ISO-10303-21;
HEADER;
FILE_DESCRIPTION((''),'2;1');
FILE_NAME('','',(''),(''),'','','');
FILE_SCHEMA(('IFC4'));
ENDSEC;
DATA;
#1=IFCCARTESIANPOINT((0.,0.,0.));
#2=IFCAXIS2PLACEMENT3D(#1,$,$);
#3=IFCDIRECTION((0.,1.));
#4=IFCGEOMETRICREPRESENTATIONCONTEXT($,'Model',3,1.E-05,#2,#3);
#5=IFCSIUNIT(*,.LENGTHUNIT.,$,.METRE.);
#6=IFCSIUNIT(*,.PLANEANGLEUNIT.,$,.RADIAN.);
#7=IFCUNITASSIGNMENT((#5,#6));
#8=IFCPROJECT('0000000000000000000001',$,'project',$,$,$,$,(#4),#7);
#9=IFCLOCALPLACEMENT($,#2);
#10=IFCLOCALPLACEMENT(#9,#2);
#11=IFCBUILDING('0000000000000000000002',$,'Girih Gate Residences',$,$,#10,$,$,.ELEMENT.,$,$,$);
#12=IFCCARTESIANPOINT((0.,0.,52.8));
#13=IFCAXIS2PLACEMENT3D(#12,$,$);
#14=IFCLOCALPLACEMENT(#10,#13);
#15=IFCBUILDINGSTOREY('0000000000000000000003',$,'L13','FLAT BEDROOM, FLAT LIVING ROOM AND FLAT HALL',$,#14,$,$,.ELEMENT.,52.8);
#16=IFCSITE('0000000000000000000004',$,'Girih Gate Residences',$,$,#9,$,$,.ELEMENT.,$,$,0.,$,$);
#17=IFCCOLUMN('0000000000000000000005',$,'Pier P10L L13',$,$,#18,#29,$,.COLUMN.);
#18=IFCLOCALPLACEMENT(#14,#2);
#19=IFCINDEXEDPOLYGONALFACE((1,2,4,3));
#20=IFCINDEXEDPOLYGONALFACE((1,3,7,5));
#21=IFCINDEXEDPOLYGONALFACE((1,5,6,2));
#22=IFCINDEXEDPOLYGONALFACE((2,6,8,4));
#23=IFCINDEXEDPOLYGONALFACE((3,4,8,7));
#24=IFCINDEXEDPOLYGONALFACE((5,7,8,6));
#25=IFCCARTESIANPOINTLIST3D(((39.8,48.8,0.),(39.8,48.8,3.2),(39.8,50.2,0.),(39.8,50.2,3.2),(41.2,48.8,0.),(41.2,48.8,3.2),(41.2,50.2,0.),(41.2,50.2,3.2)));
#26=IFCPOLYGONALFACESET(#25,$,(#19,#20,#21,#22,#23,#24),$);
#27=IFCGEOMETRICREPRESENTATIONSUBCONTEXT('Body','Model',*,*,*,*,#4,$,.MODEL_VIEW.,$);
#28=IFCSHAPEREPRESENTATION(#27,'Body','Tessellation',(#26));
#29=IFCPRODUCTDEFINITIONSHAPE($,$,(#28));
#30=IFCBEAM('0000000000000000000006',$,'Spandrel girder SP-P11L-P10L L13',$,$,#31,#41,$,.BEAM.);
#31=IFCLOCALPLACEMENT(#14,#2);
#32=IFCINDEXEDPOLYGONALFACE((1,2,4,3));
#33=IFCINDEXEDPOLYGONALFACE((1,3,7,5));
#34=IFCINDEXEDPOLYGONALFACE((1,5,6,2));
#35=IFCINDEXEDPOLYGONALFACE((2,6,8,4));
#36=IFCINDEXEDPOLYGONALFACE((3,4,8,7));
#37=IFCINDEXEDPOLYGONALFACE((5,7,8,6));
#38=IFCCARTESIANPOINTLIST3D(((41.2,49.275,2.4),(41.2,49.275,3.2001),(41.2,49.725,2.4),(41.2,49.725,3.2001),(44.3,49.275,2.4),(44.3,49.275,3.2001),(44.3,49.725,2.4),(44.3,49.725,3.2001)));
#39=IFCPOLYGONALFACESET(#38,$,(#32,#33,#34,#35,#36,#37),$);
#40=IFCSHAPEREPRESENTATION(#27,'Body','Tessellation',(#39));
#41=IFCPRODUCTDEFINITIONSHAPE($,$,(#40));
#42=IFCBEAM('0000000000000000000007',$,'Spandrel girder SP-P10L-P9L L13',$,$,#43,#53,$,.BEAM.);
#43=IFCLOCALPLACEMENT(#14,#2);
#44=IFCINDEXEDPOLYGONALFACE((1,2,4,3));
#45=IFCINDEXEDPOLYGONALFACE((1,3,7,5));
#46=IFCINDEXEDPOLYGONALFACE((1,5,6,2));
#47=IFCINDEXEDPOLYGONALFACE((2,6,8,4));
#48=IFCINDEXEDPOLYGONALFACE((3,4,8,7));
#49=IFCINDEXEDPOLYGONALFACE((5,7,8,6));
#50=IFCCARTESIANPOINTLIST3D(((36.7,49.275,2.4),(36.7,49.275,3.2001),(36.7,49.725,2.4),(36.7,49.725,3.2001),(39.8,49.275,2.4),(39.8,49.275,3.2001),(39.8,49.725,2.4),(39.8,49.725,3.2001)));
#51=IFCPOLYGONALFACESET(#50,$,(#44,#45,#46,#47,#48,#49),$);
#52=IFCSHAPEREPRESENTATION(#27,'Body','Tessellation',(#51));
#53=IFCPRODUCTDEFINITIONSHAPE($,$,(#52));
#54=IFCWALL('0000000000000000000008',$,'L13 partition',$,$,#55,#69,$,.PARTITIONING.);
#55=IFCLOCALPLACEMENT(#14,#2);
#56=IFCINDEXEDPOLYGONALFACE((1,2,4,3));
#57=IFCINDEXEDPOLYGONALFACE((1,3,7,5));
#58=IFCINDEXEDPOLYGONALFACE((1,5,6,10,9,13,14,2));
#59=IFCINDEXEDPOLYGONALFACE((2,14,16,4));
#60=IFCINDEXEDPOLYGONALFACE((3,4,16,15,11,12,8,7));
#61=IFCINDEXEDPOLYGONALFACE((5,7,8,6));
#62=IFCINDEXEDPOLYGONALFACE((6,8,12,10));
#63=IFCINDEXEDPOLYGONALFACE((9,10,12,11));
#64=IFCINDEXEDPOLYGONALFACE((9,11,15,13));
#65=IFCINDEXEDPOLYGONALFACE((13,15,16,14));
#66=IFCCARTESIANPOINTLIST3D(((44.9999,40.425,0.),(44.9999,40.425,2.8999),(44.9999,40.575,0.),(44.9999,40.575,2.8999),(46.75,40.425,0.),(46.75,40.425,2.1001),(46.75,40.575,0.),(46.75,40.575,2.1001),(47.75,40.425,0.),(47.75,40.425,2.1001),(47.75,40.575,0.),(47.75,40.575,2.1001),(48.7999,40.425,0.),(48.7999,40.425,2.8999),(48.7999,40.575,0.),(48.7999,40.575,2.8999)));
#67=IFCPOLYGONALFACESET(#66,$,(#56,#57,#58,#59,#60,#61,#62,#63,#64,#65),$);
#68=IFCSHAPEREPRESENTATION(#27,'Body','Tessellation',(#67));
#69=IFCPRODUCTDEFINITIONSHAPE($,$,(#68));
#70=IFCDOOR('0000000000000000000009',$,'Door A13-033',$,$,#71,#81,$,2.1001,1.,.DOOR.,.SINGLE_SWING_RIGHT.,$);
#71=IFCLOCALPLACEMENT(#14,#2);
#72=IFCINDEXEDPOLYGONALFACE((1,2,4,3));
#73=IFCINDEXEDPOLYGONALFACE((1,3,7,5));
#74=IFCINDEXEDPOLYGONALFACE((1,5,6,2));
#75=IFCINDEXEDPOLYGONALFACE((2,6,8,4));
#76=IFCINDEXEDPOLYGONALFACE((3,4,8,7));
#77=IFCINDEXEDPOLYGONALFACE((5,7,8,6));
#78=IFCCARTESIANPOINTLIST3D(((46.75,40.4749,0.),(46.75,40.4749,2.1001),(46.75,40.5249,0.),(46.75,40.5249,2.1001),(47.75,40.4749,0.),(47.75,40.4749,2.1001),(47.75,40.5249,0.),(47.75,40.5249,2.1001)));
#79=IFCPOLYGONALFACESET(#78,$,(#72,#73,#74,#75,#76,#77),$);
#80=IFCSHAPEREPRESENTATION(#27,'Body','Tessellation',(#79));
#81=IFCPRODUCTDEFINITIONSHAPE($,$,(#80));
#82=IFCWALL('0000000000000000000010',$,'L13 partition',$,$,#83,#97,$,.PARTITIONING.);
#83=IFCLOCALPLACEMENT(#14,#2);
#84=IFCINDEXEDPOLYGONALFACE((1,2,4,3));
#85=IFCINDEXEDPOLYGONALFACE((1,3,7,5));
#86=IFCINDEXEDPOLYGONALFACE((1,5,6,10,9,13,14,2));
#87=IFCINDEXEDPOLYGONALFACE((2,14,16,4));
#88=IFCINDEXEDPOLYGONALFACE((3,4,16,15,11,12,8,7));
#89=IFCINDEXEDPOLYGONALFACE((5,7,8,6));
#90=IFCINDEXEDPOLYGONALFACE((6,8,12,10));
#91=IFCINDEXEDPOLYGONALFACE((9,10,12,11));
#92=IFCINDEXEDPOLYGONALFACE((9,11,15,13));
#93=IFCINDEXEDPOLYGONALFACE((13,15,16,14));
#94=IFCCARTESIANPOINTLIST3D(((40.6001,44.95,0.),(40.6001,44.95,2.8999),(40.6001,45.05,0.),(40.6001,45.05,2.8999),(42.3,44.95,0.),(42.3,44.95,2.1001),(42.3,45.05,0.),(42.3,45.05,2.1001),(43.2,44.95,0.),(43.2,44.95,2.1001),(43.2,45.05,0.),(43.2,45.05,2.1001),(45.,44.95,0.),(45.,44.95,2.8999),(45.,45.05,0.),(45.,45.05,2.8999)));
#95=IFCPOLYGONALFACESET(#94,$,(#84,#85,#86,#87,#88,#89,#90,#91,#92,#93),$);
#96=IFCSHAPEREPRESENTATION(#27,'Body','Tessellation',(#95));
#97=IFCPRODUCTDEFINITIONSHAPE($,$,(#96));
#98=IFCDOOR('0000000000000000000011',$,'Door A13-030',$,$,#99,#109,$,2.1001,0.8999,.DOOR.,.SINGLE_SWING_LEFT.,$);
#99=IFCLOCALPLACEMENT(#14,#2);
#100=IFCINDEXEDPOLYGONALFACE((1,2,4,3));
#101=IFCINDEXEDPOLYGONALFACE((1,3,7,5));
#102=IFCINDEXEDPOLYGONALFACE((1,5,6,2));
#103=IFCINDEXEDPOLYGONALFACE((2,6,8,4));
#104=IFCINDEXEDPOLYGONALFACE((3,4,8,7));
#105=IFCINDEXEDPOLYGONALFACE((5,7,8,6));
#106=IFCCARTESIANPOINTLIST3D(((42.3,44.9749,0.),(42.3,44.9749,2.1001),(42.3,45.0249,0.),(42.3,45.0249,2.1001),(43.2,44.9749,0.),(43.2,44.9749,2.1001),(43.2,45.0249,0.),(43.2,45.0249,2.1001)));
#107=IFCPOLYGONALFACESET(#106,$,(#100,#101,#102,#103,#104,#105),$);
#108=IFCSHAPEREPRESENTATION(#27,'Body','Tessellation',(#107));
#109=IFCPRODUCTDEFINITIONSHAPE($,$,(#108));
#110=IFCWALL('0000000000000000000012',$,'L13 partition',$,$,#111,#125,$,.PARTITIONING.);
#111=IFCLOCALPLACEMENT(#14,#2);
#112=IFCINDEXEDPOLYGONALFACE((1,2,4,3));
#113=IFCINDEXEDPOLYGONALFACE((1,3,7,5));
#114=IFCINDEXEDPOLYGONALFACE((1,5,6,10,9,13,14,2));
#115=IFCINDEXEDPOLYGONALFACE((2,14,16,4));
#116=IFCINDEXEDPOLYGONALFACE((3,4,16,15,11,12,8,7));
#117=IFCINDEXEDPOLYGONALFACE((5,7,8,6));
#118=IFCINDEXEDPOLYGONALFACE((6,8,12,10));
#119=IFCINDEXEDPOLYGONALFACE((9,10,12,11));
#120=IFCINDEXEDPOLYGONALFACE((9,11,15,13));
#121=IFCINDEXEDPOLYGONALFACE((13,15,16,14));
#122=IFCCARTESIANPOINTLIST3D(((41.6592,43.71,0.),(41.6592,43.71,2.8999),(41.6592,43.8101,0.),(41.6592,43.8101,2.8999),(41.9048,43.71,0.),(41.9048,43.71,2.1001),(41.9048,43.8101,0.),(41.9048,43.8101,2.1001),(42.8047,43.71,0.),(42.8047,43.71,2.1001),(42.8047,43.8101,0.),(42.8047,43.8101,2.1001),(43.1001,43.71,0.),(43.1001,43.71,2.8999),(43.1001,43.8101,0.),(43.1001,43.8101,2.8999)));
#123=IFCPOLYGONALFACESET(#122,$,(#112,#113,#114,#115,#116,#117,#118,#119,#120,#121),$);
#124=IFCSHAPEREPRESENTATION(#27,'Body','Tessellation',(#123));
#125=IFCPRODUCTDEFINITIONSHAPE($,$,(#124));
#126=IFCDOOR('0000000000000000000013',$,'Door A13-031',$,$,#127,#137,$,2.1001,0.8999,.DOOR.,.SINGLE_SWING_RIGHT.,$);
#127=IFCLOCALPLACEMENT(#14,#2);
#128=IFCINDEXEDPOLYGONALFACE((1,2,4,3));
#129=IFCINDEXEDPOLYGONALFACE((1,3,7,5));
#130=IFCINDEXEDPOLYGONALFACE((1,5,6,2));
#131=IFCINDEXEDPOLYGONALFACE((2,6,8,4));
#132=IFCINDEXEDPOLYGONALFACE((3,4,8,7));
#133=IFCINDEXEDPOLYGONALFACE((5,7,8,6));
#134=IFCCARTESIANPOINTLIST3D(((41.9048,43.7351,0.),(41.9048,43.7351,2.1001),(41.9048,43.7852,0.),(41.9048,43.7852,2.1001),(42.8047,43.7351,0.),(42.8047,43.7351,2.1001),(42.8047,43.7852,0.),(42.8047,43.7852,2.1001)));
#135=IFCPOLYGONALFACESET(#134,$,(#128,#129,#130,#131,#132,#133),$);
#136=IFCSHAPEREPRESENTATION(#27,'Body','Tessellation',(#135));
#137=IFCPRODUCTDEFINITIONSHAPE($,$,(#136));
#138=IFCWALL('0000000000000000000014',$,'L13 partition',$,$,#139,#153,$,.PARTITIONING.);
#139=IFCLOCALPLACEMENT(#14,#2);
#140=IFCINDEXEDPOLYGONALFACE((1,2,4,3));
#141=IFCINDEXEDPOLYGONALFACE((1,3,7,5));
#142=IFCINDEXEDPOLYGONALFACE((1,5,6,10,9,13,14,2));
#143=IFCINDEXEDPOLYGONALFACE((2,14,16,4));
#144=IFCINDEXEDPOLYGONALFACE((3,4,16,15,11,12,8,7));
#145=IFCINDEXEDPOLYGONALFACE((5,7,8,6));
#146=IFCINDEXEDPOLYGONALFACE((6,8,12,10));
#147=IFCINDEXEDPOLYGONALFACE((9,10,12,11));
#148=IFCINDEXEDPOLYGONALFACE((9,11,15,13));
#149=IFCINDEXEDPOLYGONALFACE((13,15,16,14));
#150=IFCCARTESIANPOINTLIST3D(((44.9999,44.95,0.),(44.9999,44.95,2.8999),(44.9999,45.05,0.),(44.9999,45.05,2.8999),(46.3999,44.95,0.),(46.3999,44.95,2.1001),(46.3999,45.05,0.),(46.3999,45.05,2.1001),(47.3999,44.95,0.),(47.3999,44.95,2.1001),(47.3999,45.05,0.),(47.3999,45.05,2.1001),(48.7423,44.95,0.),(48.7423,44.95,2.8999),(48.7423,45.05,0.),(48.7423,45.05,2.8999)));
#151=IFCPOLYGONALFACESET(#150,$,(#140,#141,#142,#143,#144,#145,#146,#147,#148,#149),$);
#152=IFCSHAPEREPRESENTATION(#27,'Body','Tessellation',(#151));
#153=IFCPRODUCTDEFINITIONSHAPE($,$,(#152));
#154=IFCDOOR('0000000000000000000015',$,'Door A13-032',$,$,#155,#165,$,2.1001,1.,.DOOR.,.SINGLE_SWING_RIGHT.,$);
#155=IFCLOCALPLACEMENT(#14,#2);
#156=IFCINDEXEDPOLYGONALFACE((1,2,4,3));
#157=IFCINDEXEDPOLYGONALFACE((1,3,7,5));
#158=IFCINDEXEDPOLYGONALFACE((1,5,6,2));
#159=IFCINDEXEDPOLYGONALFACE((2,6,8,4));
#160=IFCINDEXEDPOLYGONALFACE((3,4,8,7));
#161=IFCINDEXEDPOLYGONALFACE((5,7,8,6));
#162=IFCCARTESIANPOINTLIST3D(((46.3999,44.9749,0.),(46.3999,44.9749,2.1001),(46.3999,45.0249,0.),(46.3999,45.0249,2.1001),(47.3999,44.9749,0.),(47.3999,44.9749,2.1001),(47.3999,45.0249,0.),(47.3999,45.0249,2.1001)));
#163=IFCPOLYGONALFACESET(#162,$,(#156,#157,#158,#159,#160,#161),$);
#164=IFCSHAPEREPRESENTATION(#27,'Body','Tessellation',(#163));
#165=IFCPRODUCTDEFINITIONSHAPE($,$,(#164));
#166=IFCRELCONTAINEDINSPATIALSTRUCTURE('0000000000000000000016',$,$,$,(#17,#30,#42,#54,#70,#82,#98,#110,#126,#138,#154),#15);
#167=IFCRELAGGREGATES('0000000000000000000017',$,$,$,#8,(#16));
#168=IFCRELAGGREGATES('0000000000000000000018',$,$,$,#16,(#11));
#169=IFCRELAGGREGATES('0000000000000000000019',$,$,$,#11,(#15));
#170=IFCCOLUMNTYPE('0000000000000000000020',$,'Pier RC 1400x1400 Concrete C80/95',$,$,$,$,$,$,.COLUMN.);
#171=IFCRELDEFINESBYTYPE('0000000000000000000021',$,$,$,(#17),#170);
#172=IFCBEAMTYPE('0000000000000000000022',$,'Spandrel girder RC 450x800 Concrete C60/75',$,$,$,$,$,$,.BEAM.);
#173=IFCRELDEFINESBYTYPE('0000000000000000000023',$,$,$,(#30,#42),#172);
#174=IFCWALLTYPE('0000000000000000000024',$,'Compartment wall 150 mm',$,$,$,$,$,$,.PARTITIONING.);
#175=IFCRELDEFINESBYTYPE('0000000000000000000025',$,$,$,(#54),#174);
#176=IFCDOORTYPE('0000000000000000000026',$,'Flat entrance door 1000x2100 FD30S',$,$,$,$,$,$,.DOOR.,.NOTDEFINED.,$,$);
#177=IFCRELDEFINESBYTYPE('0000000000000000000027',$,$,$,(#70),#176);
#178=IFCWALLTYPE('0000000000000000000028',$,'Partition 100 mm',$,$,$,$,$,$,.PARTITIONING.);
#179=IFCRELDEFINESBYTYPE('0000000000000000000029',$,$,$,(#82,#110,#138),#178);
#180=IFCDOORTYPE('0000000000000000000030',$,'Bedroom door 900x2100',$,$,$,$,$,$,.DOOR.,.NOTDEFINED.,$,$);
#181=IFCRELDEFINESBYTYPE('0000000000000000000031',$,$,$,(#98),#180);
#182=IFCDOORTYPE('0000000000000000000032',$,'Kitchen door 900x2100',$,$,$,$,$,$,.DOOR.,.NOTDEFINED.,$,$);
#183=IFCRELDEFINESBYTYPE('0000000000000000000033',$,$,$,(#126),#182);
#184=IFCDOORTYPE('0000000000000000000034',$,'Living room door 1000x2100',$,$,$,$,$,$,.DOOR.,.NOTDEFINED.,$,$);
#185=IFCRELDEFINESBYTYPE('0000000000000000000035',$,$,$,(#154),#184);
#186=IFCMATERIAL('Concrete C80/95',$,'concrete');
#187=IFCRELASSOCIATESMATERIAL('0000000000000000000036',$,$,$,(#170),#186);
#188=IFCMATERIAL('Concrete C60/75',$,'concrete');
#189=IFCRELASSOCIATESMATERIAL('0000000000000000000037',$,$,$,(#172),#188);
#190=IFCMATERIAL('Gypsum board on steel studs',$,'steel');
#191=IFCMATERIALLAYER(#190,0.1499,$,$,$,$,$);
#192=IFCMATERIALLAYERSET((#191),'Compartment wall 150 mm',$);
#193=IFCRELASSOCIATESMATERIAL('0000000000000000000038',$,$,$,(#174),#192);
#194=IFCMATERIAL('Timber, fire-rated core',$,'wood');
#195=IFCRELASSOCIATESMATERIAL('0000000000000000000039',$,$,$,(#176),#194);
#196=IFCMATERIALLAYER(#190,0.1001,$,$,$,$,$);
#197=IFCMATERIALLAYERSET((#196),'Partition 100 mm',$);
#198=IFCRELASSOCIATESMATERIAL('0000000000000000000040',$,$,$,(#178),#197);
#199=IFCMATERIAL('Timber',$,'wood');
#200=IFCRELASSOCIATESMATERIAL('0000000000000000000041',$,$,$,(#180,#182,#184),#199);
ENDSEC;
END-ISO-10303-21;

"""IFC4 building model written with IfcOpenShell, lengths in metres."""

from ifc_helpers import new_model, si_unit, direction, frame, frame_2d, origin, origin_2d, place, context, subcontext, project, spatial, rectangle, extrude, material, layer, layer_set, material_profile, profile_set, type_object, element, fill, save


model = new_model("IFC4")

# Units and contexts
model_context = context("Model", 3, precision=1e-05, world=origin(), true_north=direction((0.0, 1.0)))
body_context = subcontext(model_context, "Body", "Model", "MODEL_VIEW")
ifc_project = project(units=[si_unit("LENGTHUNIT", "METRE"), si_unit("PLANEANGLEUNIT", "RADIAN")], contexts=[model_context])

# Site, building, storey
site_placement = place(None, origin())
site = spatial("IfcSite", under=ifc_project, at=site_placement, Name="Girih Gate Residences", CompositionType="ELEMENT", RefElevation=0.0)
building_placement = place(site_placement, origin())
building = spatial("IfcBuilding", under=site, at=building_placement, Name="Girih Gate Residences", CompositionType="ELEMENT")
storey_placement = place(building_placement, frame((0.0, 0.0, 52.8)))
storey = spatial("IfcBuildingStorey", under=building, at=storey_placement, Name="L13", Description="FLAT BEDROOM, FLAT LIVING ROOM AND FLAT HALL", CompositionType="ELEMENT", Elevation=52.8)

# Column
ifc_material_1 = material(Name="Concrete C80/95", Category="concrete")
ifc_material_profile_1 = material_profile(ifc_material_1, rectangle(XDim=1.3999, YDim=1.3999, at=origin_2d()))
ifc_profile_set_1 = profile_set([ifc_material_profile_1], Name="Concrete C80/95")
column_type = type_object("IfcColumnType", Name="Pier RC 1400x1400 Concrete C80/95", PredefinedType="COLUMN", material=ifc_profile_set_1)
column_placement = place(storey_placement, frame((40.5, 49.5, 0.0), z_axis=(0.0, 0.0, 1.0), x_axis=(1.0, 0.0, 0.0)))
element("IfcColumn", 1, at=column_placement, inside=storey, type_object=column_type, Name="Pier P10L L13", PredefinedType="COLUMN", context=body_context, shape_type="SweptSolid", body=[
    extrude(rectangle(XDim=1.3999, YDim=1.3999, at=origin_2d()), origin(), (0.0, 0.0, 1.0), 3.2),
])

# Beams
ifc_material_2 = material(Name="Concrete C60/75", Category="concrete")
ifc_material_profile_2 = material_profile(ifc_material_2, rectangle(XDim=0.45, YDim=0.8, at=origin_2d()))
ifc_profile_set_2 = profile_set([ifc_material_profile_2], Name="Concrete C60/75")
beam_type = type_object("IfcBeamType", Name="Spandrel girder RC 450x800 Concrete C60/75", PredefinedType="BEAM", material=ifc_profile_set_2)
for number, where, z_axis, x_axis, name in (
    (2, (44.3, 49.5, 2.8), (-1.0, 0.0, 0.0), (0.0, -1.0, 0.0), "Spandrel girder SP-P11L-P10L L13"),
    (3, (39.8, 49.5, 2.8), (-1.0, 0.0, 0.0), (0.0, -1.0, 0.0), "Spandrel girder SP-P10L-P9L L13"),
):
    element("IfcBeam", number, at=place(storey_placement, frame(where, z_axis=z_axis, x_axis=x_axis)), inside=storey, type_object=beam_type, Name=name, PredefinedType="BEAM", context=body_context, shape_type="SweptSolid", body=[
        extrude(rectangle(XDim=0.45, YDim=0.8, at=origin_2d()), origin(), (0.0, 0.0, 1.0), 3.1001),
    ])

# Walls, openings, doors
ifc_material_3 = material(Name="Gypsum board on steel studs", Category="steel")
ifc_layer_1 = layer(ifc_material_3, 0.1499)
ifc_layer_set_1 = layer_set([ifc_layer_1], Name="Compartment wall 150 mm")
wall_type_1 = type_object("IfcWallType", Name="Compartment wall 150 mm", PredefinedType="PARTITIONING", material=ifc_layer_set_1)
wall_1_placement = place(storey_placement, frame((45.0, 40.5, 0.0), z_axis=(0.0, 0.0, 1.0), x_axis=(1.0, 0.0, 0.0)))
wall_1 = element("IfcWall", 4, at=wall_1_placement, inside=storey, type_object=wall_type_1, Name="L13 partition", PredefinedType="PARTITIONING", context=body_context, shape_type="SweptSolid", body=[
    extrude(rectangle(XDim=3.8, YDim=0.1499, at=frame_2d((1.8999, 0.0))), origin(), (0.0, 0.0, 1.0), 2.8999),
])
opening_1_placement = place(wall_1_placement, frame((1.75, 0.0, 0.0)))
opening_1 = element("IfcOpeningElement", 5, at=opening_1_placement, cuts=wall_1, PredefinedType="OPENING", context=body_context, shape_type="SweptSolid", body=[
    extrude(rectangle(XDim=1.0, YDim=2.1001, at=frame_2d((0.5, 1.05))), frame((0.0, 0.085, 0.0), z_axis=(0.0, -1.0, 0.0), x_axis=(1.0, 0.0, 0.0)), (0.0, 0.0, 1.0), 0.1699),
])
ifc_material_4 = material(Name="Timber, fire-rated core", Category="wood")
door_type_1 = type_object("IfcDoorType", Name="Flat entrance door 1000x2100 FD30S", OperationType="NOTDEFINED", PredefinedType="DOOR", material=ifc_material_4)
door_1_placement = place(opening_1_placement, origin())
door_1 = element("IfcDoor", 6, at=door_1_placement, inside=storey, type_object=door_type_1, Name="Door A13-033", OperationType="SINGLE_SWING_RIGHT", OverallHeight=2.1001, OverallWidth=1.0, PredefinedType="DOOR", context=body_context, shape_type="SweptSolid", body=[
    extrude(rectangle(XDim=1.0, YDim=2.1001, at=frame_2d((0.5, 1.05))), frame((0.0, 0.0249, 0.0), z_axis=(0.0, -1.0, 0.0), x_axis=(1.0, 0.0, 0.0)), (0.0, 0.0, 1.0), 0.05),
])
fill(opening_1, door_1)
ifc_layer_2 = layer(ifc_material_3, 0.1001)
ifc_layer_set_2 = layer_set([ifc_layer_2], Name="Partition 100 mm")
wall_type_2 = type_object("IfcWallType", Name="Partition 100 mm", PredefinedType="PARTITIONING", material=ifc_layer_set_2)
wall_2_placement = place(storey_placement, frame((40.6001, 45.0, 0.0), z_axis=(0.0, 0.0, 1.0), x_axis=(1.0, 0.0, 0.0)))
wall_2 = element("IfcWall", 7, at=wall_2_placement, inside=storey, type_object=wall_type_2, Name="L13 partition", PredefinedType="PARTITIONING", context=body_context, shape_type="SweptSolid", body=[
    extrude(rectangle(XDim=4.3999, YDim=0.1001, at=frame_2d((2.2, 0.0))), origin(), (0.0, 0.0, 1.0), 2.8999),
])
opening_2_placement = place(wall_2_placement, frame((1.7, 0.0, 0.0)))
opening_2 = element("IfcOpeningElement", 8, at=opening_2_placement, cuts=wall_2, PredefinedType="OPENING", context=body_context, shape_type="SweptSolid", body=[
    extrude(rectangle(XDim=0.8999, YDim=2.1001, at=frame_2d((0.45, 1.05))), frame((0.0, 0.0601, 0.0), z_axis=(0.0, -1.0, 0.0), x_axis=(1.0, 0.0, 0.0)), (0.0, 0.0, 1.0), 0.1201),
])
ifc_material_5 = material(Name="Timber", Category="wood")
door_type_2 = type_object("IfcDoorType", Name="Bedroom door 900x2100", OperationType="NOTDEFINED", PredefinedType="DOOR", material=ifc_material_5)
door_2_placement = place(opening_2_placement, origin())
door_2 = element("IfcDoor", 9, at=door_2_placement, inside=storey, type_object=door_type_2, Name="Door A13-030", OperationType="SINGLE_SWING_LEFT", OverallHeight=2.1001, OverallWidth=0.8999, PredefinedType="DOOR", context=body_context, shape_type="SweptSolid", body=[
    extrude(rectangle(XDim=0.8999, YDim=2.1001, at=frame_2d((0.45, 1.05))), frame((0.0, 0.0249, 0.0), z_axis=(0.0, -1.0, 0.0), x_axis=(1.0, 0.0, 0.0)), (0.0, 0.0, 1.0), 0.05),
])
fill(opening_2, door_2)
wall_3_placement = place(storey_placement, frame((43.1001, 43.76, 0.0), z_axis=(0.0, 0.0, 1.0), x_axis=(-1.0, 0.0, 0.0)))
wall_3 = element("IfcWall", 10, at=wall_3_placement, inside=storey, type_object=wall_type_2, Name="L13 partition", PredefinedType="PARTITIONING", context=body_context, shape_type="SweptSolid", body=[
    extrude(rectangle(XDim=1.4409, YDim=0.1001, at=frame_2d((0.7205, 0.0))), origin(), (0.0, 0.0, 1.0), 2.8999),
])
opening_3_placement = place(wall_3_placement, frame((0.2954, 0.0, 0.0)))
opening_3 = element("IfcOpeningElement", 11, at=opening_3_placement, cuts=wall_3, PredefinedType="OPENING", context=body_context, shape_type="SweptSolid", body=[
    extrude(rectangle(XDim=0.8999, YDim=2.1001, at=frame_2d((0.45, 1.05))), frame((0.0, 0.0601, 0.0), z_axis=(0.0, -1.0, 0.0), x_axis=(1.0, 0.0, 0.0)), (0.0, 0.0, 1.0), 0.1201),
])
door_type_3 = type_object("IfcDoorType", Name="Kitchen door 900x2100", OperationType="NOTDEFINED", PredefinedType="DOOR", material=ifc_material_5)
door_3_placement = place(opening_3_placement, origin())
door_3 = element("IfcDoor", 12, at=door_3_placement, inside=storey, type_object=door_type_3, Name="Door A13-031", OperationType="SINGLE_SWING_RIGHT", OverallHeight=2.1001, OverallWidth=0.8999, PredefinedType="DOOR", context=body_context, shape_type="SweptSolid", body=[
    extrude(rectangle(XDim=0.8999, YDim=2.1001, at=frame_2d((0.45, 1.05))), frame((0.0, 0.0249, 0.0), z_axis=(0.0, -1.0, 0.0), x_axis=(1.0, 0.0, 0.0)), (0.0, 0.0, 1.0), 0.05),
])
fill(opening_3, door_3)
wall_4_placement = place(storey_placement, frame((45.0, 45.0, 0.0), z_axis=(0.0, 0.0, 1.0), x_axis=(1.0, 0.0, 0.0)))
wall_4 = element("IfcWall", 13, at=wall_4_placement, inside=storey, type_object=wall_type_2, Name="L13 partition", PredefinedType="PARTITIONING", context=body_context, shape_type="SweptSolid", body=[
    extrude(rectangle(XDim=3.7424, YDim=0.1001, at=frame_2d((1.8711, 0.0))), origin(), (0.0, 0.0, 1.0), 2.8999),
])
opening_4_placement = place(wall_4_placement, frame((1.3999, 0.0, 0.0)))
opening_4 = element("IfcOpeningElement", 14, at=opening_4_placement, cuts=wall_4, PredefinedType="OPENING", context=body_context, shape_type="SweptSolid", body=[
    extrude(rectangle(XDim=1.0, YDim=2.1001, at=frame_2d((0.5, 1.05))), frame((0.0, 0.0601, 0.0), z_axis=(0.0, -1.0, 0.0), x_axis=(1.0, 0.0, 0.0)), (0.0, 0.0, 1.0), 0.1201),
])
door_type_4 = type_object("IfcDoorType", Name="Living room door 1000x2100", OperationType="NOTDEFINED", PredefinedType="DOOR", material=ifc_material_5)
door_4_placement = place(opening_4_placement, origin())
door_4 = element("IfcDoor", 15, at=door_4_placement, inside=storey, type_object=door_type_4, Name="Door A13-032", OperationType="SINGLE_SWING_RIGHT", OverallHeight=2.1001, OverallWidth=1.0, PredefinedType="DOOR", context=body_context, shape_type="SweptSolid", body=[
    extrude(rectangle(XDim=1.0, YDim=2.1001, at=frame_2d((0.5, 1.05))), frame((0.0, 0.0249, 0.0), z_axis=(0.0, -1.0, 0.0), x_axis=(1.0, 0.0, 0.0)), (0.0, 0.0, 1.0), 0.05),
])
fill(opening_4, door_4)

save(model, "model.ifc")
